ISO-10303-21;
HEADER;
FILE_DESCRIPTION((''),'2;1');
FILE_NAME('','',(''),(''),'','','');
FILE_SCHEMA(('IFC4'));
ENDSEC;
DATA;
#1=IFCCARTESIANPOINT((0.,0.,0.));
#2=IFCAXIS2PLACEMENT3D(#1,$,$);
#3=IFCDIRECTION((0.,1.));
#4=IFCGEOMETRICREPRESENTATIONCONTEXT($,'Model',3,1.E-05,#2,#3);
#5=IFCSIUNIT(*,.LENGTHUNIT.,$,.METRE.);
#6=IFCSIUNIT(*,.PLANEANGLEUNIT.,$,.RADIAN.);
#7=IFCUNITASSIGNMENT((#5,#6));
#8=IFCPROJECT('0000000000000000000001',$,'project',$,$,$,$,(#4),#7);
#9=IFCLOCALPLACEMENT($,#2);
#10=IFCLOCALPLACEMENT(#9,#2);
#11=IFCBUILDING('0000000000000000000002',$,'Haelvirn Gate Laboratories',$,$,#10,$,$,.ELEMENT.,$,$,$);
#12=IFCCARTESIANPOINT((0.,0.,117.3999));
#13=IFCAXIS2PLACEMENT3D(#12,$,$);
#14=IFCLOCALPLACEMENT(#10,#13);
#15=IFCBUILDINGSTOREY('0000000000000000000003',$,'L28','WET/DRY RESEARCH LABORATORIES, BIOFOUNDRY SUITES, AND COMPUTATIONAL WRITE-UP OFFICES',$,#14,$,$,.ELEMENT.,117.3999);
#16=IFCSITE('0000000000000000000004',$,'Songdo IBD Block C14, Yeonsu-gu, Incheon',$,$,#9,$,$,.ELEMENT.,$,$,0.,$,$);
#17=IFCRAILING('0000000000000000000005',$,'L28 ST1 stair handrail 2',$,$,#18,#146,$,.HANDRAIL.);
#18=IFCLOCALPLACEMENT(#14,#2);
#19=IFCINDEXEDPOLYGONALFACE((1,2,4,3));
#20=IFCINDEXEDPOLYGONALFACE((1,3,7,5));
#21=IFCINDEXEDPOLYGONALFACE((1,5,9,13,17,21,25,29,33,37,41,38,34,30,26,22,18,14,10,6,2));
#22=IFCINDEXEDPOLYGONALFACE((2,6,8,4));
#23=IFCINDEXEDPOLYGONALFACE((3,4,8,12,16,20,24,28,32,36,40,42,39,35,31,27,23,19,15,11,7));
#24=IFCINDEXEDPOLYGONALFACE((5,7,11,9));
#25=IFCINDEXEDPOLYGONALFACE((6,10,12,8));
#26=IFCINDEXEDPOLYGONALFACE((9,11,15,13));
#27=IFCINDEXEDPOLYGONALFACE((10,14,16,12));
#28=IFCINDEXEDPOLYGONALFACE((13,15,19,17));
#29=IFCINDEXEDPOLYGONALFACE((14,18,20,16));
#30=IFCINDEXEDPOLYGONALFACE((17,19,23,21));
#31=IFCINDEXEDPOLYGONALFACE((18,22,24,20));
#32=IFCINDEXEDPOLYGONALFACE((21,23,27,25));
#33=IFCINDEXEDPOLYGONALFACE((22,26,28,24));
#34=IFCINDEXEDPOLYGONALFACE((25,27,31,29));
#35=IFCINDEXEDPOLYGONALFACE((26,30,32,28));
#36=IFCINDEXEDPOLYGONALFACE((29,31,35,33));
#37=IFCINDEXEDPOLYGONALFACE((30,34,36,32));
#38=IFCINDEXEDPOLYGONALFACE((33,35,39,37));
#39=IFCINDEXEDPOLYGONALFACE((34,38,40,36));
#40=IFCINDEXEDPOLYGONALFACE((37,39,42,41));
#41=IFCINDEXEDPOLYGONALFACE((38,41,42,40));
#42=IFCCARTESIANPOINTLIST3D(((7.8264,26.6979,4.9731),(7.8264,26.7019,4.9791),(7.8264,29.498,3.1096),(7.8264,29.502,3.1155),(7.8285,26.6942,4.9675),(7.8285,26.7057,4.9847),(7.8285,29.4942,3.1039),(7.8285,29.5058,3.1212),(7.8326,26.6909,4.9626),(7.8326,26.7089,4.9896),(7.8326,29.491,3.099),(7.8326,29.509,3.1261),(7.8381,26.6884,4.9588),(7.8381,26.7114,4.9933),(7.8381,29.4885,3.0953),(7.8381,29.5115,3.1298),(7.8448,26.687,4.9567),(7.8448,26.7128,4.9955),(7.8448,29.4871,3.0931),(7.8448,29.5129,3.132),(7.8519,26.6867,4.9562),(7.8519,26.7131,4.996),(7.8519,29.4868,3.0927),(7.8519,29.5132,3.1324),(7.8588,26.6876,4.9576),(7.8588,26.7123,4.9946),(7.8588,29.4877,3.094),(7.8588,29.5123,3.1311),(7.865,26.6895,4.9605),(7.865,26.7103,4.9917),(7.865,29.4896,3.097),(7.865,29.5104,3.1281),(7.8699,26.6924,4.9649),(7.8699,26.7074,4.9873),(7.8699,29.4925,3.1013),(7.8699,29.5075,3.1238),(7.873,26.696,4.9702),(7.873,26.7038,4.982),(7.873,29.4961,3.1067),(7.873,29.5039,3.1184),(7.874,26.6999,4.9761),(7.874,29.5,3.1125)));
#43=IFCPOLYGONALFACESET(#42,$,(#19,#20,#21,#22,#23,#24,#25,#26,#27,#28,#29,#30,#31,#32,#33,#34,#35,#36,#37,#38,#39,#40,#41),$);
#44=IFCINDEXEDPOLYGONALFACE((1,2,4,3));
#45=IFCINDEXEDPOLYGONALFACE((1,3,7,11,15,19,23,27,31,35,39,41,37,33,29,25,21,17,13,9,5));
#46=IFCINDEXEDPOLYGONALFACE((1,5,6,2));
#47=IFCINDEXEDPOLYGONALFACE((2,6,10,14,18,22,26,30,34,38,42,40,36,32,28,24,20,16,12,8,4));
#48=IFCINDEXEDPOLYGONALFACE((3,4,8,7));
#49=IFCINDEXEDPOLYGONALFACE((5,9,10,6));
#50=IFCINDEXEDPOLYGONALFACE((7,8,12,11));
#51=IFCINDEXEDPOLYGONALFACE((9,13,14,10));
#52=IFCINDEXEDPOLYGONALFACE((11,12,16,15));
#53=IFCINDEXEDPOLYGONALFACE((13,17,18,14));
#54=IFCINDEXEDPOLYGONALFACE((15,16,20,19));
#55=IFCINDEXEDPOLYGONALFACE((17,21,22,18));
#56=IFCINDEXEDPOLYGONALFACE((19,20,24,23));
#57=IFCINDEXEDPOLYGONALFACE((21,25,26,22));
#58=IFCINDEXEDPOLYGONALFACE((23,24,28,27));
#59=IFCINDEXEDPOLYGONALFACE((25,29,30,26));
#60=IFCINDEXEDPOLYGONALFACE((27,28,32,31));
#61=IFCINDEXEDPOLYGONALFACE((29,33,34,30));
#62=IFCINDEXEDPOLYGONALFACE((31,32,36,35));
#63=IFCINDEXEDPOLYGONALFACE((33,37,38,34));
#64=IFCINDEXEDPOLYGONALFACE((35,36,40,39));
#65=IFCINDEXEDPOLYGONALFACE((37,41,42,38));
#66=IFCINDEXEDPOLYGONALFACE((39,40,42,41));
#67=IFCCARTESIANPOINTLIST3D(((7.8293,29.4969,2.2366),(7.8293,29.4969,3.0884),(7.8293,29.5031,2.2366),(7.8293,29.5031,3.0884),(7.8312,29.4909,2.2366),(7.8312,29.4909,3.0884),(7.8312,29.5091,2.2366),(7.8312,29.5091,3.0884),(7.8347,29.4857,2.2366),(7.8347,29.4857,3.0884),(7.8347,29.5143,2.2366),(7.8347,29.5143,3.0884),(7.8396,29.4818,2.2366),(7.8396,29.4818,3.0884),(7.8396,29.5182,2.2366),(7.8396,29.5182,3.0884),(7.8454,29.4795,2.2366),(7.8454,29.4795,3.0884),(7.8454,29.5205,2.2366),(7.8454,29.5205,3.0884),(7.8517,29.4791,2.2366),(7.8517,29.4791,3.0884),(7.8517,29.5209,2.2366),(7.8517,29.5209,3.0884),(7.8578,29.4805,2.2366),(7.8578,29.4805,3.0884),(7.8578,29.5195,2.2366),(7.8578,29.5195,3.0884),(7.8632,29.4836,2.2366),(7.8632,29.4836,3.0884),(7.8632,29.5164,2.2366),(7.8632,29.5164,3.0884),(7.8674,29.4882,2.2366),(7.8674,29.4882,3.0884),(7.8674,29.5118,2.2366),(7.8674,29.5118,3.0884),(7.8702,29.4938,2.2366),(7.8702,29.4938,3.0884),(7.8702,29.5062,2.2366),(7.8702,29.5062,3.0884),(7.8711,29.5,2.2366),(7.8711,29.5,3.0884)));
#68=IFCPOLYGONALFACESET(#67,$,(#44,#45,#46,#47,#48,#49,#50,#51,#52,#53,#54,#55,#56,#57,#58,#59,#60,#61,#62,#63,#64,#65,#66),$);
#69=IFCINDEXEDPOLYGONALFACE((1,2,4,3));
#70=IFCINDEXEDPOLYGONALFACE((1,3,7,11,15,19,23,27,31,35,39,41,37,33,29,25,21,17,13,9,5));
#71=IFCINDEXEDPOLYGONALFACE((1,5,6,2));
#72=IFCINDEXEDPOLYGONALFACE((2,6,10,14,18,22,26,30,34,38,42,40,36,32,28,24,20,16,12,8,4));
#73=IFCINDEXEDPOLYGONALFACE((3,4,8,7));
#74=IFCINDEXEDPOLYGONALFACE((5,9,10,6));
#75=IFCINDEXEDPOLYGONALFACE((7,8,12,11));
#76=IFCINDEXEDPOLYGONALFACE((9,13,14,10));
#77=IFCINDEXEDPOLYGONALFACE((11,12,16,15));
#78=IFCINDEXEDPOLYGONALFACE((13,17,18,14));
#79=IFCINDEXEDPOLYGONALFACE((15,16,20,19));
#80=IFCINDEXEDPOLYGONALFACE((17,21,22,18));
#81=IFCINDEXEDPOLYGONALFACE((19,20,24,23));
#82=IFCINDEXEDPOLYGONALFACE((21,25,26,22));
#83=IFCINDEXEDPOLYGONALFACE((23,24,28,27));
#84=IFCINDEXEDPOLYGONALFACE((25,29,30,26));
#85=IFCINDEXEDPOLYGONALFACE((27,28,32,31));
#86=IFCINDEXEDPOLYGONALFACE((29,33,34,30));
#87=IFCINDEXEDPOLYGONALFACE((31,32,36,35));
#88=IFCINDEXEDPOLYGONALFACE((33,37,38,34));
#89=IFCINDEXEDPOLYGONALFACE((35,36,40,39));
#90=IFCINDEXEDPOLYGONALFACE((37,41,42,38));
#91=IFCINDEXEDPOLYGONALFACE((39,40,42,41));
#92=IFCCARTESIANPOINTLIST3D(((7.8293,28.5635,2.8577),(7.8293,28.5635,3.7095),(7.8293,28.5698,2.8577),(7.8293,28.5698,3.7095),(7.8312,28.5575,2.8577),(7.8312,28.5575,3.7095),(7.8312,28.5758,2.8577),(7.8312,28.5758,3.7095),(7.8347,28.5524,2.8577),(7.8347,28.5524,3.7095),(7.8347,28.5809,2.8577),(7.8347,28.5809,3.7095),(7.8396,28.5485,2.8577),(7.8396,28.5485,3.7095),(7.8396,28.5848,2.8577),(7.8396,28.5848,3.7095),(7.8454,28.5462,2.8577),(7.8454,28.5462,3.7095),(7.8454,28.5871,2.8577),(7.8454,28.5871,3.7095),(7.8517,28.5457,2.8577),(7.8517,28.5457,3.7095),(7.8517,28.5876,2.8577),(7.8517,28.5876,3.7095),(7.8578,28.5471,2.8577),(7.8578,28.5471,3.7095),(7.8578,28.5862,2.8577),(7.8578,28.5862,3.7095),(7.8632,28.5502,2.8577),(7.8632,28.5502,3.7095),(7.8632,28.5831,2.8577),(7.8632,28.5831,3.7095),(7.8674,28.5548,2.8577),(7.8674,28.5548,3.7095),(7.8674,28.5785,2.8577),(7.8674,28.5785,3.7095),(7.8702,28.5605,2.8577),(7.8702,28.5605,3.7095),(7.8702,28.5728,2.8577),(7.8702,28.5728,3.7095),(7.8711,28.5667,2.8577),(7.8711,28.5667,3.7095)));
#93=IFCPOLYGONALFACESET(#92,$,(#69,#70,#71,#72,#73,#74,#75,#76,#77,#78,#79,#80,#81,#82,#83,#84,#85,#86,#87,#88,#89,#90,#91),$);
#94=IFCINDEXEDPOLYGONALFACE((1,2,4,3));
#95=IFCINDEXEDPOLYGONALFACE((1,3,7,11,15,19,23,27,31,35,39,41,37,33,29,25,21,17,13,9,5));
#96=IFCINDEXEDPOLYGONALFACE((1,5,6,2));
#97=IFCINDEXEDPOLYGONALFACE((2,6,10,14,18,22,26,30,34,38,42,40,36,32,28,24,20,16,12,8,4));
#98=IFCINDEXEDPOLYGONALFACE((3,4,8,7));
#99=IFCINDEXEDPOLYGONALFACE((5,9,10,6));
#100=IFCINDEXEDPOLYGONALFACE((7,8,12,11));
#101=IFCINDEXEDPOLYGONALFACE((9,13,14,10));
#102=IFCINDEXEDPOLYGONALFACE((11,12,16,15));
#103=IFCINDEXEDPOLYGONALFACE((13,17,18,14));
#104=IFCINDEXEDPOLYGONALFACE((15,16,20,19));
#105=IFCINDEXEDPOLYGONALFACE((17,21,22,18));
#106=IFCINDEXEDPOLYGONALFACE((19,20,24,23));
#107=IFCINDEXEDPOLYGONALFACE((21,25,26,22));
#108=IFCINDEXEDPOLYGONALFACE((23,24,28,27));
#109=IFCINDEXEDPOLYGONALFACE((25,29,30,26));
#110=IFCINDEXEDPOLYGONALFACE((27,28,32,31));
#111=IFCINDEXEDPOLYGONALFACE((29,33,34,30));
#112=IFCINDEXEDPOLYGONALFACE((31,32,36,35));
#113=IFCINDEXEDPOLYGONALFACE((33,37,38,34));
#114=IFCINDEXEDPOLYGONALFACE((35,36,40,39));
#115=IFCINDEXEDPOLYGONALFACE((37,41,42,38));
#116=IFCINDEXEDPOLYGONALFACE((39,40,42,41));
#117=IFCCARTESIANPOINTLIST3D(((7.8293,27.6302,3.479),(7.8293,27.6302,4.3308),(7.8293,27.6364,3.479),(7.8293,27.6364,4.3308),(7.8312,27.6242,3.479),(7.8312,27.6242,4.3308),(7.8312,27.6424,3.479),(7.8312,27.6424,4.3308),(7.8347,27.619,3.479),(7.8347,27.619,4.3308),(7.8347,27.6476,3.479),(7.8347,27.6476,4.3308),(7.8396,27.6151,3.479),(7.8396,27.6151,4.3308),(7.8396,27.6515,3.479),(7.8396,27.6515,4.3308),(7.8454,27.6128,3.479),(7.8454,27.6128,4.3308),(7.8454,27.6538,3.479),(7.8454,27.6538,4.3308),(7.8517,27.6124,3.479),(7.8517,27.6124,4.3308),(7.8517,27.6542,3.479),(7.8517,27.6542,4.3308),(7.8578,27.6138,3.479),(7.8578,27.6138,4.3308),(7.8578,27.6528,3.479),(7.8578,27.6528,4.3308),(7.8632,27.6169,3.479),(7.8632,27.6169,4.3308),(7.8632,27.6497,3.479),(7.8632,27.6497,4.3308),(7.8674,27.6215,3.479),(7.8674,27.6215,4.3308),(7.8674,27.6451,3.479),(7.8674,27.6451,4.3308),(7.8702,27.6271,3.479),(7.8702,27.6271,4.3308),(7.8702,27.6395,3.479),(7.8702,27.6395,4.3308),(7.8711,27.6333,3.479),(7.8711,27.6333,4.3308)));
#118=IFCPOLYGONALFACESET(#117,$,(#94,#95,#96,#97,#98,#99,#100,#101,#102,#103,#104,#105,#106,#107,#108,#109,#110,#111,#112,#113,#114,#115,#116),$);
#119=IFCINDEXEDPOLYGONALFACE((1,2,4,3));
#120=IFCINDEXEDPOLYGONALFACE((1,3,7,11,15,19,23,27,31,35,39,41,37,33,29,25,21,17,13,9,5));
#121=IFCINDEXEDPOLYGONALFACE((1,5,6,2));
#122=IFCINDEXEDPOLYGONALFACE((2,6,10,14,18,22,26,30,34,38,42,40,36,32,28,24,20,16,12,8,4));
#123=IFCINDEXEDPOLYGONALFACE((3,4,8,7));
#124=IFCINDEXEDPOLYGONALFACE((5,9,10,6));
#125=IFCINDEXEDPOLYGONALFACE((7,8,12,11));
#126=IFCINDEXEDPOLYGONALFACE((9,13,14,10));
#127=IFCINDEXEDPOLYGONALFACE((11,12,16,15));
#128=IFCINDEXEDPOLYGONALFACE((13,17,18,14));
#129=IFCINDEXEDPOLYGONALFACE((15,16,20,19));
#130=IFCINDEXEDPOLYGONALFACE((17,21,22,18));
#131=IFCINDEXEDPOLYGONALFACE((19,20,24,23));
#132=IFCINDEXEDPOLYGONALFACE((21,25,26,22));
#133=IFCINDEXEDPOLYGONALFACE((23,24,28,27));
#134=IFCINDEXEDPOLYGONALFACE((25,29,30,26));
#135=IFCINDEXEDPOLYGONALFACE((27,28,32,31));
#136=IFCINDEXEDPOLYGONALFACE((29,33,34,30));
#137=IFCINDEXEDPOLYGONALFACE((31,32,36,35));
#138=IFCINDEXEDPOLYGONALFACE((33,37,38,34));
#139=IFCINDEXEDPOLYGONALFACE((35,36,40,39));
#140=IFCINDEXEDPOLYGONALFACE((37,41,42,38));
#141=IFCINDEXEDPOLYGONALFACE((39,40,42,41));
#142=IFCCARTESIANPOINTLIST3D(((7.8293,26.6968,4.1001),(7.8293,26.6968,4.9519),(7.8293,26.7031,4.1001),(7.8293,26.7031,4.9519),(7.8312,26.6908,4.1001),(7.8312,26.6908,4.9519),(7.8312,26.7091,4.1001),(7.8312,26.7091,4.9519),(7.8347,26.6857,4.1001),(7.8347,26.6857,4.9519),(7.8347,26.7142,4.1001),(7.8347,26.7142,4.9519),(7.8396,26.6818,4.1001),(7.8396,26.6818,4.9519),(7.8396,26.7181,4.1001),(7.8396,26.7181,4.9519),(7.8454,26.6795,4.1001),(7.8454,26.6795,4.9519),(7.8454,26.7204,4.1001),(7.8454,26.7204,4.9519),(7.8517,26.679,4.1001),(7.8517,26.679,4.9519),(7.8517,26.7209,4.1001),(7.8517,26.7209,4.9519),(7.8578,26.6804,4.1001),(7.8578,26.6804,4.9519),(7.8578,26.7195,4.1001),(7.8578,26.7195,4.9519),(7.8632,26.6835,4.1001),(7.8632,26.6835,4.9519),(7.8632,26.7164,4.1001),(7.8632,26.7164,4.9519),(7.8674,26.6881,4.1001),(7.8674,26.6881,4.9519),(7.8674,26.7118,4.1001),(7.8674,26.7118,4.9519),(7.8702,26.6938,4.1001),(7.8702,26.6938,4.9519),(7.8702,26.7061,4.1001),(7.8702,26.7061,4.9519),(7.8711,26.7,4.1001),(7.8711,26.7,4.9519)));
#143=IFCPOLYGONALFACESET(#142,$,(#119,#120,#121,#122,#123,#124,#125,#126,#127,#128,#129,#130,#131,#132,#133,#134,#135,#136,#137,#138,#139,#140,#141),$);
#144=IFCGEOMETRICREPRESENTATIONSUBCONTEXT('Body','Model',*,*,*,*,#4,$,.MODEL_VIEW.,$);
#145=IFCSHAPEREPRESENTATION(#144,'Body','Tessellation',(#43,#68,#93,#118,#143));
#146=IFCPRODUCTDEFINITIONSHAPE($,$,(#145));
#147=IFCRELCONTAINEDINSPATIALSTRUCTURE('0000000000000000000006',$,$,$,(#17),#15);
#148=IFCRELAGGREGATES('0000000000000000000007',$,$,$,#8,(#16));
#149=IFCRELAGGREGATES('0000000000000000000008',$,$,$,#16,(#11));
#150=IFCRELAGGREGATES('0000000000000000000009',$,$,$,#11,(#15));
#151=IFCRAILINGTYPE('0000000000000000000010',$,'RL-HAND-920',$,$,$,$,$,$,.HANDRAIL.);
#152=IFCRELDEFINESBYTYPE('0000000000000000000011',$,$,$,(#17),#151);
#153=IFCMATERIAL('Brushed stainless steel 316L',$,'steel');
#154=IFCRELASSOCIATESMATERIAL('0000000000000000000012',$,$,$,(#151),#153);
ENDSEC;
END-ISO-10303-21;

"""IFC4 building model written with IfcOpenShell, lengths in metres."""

from ifc_helpers import new_model, si_unit, direction, frame, origin, origin_2d, place, context, subcontext, project, spatial, circle, extrude, source, transform, mapped, material, type_object, element, save


model = new_model("IFC4")

# Units and contexts
model_context = context("Model", 3, precision=1e-05, world=origin(), true_north=direction((0.0, 1.0)))
body_context = subcontext(model_context, "Body", "Model", "MODEL_VIEW")
ifc_project = project(units=[si_unit("LENGTHUNIT", "METRE"), si_unit("PLANEANGLEUNIT", "RADIAN")], contexts=[model_context])

# Site, building, storey
site_placement = place(None, origin())
site = spatial("IfcSite", under=ifc_project, at=site_placement, Name="Songdo IBD Block C14, Yeonsu-gu, Incheon", CompositionType="ELEMENT", RefElevation=0.0)
building_placement = place(site_placement, origin())
building = spatial("IfcBuilding", under=site, at=building_placement, Name="Haelvirn Gate Laboratories", CompositionType="ELEMENT")
storey_placement = place(building_placement, frame((0.0, 0.0, 117.3999)))
storey = spatial("IfcBuildingStorey", under=building, at=storey_placement, Name="L28", Description="WET/DRY RESEARCH LABORATORIES, BIOFOUNDRY SUITES, AND COMPUTATIONAL WRITE-UP OFFICES", CompositionType="ELEMENT", Elevation=117.3999)

# Railing
ifc_material_1 = material(Name="Brushed stainless steel 316L", Category="steel")
railing_type_1 = type_object("IfcRailingType", Name="RL-HAND-920", PredefinedType="HANDRAIL", material=ifc_material_1)
shared_shape_1 = source(origin(), body_context, "Body", "SweptSolid", [
    extrude(circle(Radius=0.0239, at=origin_2d()), frame((0.0, 0.0, 0.876), z_axis=(0.0, -0.832486, 0.554047), x_axis=(1.0, 0.0, 0.0)), (0.0, 0.0, 1.0), 3.3635),
    extrude(circle(Radius=0.021, at=origin_2d()), origin(), (0.0, 0.0, 1.0), 0.8518),
    extrude(circle(Radius=0.021, at=origin_2d()), frame((0.0, -0.9333, 0.6211)), (0.0, 0.0, 1.0), 0.8518),
    extrude(circle(Radius=0.021, at=origin_2d()), frame((0.0, -1.8667, 1.2424)), (0.0, 0.0, 1.0), 0.8518),
    extrude(circle(Radius=0.021, at=origin_2d()), frame((0.0, -2.8, 1.8635)), (0.0, 0.0, 1.0), 0.8518),
])
railing_1_placement = place(storey_placement, frame((7.8501, 29.5, 2.2366)))
element("IfcRailing", 1, at=railing_1_placement, inside=storey, type_object=railing_type_1, Name="L28 ST1 stair handrail 2", PredefinedType="HANDRAIL", context=body_context, shape_type="MappedRepresentation", body=[
    mapped(shared_shape_1, transform((0.0, 0.0, 0.0), scale=1.0)),
])

save(model, "model.ifc")
